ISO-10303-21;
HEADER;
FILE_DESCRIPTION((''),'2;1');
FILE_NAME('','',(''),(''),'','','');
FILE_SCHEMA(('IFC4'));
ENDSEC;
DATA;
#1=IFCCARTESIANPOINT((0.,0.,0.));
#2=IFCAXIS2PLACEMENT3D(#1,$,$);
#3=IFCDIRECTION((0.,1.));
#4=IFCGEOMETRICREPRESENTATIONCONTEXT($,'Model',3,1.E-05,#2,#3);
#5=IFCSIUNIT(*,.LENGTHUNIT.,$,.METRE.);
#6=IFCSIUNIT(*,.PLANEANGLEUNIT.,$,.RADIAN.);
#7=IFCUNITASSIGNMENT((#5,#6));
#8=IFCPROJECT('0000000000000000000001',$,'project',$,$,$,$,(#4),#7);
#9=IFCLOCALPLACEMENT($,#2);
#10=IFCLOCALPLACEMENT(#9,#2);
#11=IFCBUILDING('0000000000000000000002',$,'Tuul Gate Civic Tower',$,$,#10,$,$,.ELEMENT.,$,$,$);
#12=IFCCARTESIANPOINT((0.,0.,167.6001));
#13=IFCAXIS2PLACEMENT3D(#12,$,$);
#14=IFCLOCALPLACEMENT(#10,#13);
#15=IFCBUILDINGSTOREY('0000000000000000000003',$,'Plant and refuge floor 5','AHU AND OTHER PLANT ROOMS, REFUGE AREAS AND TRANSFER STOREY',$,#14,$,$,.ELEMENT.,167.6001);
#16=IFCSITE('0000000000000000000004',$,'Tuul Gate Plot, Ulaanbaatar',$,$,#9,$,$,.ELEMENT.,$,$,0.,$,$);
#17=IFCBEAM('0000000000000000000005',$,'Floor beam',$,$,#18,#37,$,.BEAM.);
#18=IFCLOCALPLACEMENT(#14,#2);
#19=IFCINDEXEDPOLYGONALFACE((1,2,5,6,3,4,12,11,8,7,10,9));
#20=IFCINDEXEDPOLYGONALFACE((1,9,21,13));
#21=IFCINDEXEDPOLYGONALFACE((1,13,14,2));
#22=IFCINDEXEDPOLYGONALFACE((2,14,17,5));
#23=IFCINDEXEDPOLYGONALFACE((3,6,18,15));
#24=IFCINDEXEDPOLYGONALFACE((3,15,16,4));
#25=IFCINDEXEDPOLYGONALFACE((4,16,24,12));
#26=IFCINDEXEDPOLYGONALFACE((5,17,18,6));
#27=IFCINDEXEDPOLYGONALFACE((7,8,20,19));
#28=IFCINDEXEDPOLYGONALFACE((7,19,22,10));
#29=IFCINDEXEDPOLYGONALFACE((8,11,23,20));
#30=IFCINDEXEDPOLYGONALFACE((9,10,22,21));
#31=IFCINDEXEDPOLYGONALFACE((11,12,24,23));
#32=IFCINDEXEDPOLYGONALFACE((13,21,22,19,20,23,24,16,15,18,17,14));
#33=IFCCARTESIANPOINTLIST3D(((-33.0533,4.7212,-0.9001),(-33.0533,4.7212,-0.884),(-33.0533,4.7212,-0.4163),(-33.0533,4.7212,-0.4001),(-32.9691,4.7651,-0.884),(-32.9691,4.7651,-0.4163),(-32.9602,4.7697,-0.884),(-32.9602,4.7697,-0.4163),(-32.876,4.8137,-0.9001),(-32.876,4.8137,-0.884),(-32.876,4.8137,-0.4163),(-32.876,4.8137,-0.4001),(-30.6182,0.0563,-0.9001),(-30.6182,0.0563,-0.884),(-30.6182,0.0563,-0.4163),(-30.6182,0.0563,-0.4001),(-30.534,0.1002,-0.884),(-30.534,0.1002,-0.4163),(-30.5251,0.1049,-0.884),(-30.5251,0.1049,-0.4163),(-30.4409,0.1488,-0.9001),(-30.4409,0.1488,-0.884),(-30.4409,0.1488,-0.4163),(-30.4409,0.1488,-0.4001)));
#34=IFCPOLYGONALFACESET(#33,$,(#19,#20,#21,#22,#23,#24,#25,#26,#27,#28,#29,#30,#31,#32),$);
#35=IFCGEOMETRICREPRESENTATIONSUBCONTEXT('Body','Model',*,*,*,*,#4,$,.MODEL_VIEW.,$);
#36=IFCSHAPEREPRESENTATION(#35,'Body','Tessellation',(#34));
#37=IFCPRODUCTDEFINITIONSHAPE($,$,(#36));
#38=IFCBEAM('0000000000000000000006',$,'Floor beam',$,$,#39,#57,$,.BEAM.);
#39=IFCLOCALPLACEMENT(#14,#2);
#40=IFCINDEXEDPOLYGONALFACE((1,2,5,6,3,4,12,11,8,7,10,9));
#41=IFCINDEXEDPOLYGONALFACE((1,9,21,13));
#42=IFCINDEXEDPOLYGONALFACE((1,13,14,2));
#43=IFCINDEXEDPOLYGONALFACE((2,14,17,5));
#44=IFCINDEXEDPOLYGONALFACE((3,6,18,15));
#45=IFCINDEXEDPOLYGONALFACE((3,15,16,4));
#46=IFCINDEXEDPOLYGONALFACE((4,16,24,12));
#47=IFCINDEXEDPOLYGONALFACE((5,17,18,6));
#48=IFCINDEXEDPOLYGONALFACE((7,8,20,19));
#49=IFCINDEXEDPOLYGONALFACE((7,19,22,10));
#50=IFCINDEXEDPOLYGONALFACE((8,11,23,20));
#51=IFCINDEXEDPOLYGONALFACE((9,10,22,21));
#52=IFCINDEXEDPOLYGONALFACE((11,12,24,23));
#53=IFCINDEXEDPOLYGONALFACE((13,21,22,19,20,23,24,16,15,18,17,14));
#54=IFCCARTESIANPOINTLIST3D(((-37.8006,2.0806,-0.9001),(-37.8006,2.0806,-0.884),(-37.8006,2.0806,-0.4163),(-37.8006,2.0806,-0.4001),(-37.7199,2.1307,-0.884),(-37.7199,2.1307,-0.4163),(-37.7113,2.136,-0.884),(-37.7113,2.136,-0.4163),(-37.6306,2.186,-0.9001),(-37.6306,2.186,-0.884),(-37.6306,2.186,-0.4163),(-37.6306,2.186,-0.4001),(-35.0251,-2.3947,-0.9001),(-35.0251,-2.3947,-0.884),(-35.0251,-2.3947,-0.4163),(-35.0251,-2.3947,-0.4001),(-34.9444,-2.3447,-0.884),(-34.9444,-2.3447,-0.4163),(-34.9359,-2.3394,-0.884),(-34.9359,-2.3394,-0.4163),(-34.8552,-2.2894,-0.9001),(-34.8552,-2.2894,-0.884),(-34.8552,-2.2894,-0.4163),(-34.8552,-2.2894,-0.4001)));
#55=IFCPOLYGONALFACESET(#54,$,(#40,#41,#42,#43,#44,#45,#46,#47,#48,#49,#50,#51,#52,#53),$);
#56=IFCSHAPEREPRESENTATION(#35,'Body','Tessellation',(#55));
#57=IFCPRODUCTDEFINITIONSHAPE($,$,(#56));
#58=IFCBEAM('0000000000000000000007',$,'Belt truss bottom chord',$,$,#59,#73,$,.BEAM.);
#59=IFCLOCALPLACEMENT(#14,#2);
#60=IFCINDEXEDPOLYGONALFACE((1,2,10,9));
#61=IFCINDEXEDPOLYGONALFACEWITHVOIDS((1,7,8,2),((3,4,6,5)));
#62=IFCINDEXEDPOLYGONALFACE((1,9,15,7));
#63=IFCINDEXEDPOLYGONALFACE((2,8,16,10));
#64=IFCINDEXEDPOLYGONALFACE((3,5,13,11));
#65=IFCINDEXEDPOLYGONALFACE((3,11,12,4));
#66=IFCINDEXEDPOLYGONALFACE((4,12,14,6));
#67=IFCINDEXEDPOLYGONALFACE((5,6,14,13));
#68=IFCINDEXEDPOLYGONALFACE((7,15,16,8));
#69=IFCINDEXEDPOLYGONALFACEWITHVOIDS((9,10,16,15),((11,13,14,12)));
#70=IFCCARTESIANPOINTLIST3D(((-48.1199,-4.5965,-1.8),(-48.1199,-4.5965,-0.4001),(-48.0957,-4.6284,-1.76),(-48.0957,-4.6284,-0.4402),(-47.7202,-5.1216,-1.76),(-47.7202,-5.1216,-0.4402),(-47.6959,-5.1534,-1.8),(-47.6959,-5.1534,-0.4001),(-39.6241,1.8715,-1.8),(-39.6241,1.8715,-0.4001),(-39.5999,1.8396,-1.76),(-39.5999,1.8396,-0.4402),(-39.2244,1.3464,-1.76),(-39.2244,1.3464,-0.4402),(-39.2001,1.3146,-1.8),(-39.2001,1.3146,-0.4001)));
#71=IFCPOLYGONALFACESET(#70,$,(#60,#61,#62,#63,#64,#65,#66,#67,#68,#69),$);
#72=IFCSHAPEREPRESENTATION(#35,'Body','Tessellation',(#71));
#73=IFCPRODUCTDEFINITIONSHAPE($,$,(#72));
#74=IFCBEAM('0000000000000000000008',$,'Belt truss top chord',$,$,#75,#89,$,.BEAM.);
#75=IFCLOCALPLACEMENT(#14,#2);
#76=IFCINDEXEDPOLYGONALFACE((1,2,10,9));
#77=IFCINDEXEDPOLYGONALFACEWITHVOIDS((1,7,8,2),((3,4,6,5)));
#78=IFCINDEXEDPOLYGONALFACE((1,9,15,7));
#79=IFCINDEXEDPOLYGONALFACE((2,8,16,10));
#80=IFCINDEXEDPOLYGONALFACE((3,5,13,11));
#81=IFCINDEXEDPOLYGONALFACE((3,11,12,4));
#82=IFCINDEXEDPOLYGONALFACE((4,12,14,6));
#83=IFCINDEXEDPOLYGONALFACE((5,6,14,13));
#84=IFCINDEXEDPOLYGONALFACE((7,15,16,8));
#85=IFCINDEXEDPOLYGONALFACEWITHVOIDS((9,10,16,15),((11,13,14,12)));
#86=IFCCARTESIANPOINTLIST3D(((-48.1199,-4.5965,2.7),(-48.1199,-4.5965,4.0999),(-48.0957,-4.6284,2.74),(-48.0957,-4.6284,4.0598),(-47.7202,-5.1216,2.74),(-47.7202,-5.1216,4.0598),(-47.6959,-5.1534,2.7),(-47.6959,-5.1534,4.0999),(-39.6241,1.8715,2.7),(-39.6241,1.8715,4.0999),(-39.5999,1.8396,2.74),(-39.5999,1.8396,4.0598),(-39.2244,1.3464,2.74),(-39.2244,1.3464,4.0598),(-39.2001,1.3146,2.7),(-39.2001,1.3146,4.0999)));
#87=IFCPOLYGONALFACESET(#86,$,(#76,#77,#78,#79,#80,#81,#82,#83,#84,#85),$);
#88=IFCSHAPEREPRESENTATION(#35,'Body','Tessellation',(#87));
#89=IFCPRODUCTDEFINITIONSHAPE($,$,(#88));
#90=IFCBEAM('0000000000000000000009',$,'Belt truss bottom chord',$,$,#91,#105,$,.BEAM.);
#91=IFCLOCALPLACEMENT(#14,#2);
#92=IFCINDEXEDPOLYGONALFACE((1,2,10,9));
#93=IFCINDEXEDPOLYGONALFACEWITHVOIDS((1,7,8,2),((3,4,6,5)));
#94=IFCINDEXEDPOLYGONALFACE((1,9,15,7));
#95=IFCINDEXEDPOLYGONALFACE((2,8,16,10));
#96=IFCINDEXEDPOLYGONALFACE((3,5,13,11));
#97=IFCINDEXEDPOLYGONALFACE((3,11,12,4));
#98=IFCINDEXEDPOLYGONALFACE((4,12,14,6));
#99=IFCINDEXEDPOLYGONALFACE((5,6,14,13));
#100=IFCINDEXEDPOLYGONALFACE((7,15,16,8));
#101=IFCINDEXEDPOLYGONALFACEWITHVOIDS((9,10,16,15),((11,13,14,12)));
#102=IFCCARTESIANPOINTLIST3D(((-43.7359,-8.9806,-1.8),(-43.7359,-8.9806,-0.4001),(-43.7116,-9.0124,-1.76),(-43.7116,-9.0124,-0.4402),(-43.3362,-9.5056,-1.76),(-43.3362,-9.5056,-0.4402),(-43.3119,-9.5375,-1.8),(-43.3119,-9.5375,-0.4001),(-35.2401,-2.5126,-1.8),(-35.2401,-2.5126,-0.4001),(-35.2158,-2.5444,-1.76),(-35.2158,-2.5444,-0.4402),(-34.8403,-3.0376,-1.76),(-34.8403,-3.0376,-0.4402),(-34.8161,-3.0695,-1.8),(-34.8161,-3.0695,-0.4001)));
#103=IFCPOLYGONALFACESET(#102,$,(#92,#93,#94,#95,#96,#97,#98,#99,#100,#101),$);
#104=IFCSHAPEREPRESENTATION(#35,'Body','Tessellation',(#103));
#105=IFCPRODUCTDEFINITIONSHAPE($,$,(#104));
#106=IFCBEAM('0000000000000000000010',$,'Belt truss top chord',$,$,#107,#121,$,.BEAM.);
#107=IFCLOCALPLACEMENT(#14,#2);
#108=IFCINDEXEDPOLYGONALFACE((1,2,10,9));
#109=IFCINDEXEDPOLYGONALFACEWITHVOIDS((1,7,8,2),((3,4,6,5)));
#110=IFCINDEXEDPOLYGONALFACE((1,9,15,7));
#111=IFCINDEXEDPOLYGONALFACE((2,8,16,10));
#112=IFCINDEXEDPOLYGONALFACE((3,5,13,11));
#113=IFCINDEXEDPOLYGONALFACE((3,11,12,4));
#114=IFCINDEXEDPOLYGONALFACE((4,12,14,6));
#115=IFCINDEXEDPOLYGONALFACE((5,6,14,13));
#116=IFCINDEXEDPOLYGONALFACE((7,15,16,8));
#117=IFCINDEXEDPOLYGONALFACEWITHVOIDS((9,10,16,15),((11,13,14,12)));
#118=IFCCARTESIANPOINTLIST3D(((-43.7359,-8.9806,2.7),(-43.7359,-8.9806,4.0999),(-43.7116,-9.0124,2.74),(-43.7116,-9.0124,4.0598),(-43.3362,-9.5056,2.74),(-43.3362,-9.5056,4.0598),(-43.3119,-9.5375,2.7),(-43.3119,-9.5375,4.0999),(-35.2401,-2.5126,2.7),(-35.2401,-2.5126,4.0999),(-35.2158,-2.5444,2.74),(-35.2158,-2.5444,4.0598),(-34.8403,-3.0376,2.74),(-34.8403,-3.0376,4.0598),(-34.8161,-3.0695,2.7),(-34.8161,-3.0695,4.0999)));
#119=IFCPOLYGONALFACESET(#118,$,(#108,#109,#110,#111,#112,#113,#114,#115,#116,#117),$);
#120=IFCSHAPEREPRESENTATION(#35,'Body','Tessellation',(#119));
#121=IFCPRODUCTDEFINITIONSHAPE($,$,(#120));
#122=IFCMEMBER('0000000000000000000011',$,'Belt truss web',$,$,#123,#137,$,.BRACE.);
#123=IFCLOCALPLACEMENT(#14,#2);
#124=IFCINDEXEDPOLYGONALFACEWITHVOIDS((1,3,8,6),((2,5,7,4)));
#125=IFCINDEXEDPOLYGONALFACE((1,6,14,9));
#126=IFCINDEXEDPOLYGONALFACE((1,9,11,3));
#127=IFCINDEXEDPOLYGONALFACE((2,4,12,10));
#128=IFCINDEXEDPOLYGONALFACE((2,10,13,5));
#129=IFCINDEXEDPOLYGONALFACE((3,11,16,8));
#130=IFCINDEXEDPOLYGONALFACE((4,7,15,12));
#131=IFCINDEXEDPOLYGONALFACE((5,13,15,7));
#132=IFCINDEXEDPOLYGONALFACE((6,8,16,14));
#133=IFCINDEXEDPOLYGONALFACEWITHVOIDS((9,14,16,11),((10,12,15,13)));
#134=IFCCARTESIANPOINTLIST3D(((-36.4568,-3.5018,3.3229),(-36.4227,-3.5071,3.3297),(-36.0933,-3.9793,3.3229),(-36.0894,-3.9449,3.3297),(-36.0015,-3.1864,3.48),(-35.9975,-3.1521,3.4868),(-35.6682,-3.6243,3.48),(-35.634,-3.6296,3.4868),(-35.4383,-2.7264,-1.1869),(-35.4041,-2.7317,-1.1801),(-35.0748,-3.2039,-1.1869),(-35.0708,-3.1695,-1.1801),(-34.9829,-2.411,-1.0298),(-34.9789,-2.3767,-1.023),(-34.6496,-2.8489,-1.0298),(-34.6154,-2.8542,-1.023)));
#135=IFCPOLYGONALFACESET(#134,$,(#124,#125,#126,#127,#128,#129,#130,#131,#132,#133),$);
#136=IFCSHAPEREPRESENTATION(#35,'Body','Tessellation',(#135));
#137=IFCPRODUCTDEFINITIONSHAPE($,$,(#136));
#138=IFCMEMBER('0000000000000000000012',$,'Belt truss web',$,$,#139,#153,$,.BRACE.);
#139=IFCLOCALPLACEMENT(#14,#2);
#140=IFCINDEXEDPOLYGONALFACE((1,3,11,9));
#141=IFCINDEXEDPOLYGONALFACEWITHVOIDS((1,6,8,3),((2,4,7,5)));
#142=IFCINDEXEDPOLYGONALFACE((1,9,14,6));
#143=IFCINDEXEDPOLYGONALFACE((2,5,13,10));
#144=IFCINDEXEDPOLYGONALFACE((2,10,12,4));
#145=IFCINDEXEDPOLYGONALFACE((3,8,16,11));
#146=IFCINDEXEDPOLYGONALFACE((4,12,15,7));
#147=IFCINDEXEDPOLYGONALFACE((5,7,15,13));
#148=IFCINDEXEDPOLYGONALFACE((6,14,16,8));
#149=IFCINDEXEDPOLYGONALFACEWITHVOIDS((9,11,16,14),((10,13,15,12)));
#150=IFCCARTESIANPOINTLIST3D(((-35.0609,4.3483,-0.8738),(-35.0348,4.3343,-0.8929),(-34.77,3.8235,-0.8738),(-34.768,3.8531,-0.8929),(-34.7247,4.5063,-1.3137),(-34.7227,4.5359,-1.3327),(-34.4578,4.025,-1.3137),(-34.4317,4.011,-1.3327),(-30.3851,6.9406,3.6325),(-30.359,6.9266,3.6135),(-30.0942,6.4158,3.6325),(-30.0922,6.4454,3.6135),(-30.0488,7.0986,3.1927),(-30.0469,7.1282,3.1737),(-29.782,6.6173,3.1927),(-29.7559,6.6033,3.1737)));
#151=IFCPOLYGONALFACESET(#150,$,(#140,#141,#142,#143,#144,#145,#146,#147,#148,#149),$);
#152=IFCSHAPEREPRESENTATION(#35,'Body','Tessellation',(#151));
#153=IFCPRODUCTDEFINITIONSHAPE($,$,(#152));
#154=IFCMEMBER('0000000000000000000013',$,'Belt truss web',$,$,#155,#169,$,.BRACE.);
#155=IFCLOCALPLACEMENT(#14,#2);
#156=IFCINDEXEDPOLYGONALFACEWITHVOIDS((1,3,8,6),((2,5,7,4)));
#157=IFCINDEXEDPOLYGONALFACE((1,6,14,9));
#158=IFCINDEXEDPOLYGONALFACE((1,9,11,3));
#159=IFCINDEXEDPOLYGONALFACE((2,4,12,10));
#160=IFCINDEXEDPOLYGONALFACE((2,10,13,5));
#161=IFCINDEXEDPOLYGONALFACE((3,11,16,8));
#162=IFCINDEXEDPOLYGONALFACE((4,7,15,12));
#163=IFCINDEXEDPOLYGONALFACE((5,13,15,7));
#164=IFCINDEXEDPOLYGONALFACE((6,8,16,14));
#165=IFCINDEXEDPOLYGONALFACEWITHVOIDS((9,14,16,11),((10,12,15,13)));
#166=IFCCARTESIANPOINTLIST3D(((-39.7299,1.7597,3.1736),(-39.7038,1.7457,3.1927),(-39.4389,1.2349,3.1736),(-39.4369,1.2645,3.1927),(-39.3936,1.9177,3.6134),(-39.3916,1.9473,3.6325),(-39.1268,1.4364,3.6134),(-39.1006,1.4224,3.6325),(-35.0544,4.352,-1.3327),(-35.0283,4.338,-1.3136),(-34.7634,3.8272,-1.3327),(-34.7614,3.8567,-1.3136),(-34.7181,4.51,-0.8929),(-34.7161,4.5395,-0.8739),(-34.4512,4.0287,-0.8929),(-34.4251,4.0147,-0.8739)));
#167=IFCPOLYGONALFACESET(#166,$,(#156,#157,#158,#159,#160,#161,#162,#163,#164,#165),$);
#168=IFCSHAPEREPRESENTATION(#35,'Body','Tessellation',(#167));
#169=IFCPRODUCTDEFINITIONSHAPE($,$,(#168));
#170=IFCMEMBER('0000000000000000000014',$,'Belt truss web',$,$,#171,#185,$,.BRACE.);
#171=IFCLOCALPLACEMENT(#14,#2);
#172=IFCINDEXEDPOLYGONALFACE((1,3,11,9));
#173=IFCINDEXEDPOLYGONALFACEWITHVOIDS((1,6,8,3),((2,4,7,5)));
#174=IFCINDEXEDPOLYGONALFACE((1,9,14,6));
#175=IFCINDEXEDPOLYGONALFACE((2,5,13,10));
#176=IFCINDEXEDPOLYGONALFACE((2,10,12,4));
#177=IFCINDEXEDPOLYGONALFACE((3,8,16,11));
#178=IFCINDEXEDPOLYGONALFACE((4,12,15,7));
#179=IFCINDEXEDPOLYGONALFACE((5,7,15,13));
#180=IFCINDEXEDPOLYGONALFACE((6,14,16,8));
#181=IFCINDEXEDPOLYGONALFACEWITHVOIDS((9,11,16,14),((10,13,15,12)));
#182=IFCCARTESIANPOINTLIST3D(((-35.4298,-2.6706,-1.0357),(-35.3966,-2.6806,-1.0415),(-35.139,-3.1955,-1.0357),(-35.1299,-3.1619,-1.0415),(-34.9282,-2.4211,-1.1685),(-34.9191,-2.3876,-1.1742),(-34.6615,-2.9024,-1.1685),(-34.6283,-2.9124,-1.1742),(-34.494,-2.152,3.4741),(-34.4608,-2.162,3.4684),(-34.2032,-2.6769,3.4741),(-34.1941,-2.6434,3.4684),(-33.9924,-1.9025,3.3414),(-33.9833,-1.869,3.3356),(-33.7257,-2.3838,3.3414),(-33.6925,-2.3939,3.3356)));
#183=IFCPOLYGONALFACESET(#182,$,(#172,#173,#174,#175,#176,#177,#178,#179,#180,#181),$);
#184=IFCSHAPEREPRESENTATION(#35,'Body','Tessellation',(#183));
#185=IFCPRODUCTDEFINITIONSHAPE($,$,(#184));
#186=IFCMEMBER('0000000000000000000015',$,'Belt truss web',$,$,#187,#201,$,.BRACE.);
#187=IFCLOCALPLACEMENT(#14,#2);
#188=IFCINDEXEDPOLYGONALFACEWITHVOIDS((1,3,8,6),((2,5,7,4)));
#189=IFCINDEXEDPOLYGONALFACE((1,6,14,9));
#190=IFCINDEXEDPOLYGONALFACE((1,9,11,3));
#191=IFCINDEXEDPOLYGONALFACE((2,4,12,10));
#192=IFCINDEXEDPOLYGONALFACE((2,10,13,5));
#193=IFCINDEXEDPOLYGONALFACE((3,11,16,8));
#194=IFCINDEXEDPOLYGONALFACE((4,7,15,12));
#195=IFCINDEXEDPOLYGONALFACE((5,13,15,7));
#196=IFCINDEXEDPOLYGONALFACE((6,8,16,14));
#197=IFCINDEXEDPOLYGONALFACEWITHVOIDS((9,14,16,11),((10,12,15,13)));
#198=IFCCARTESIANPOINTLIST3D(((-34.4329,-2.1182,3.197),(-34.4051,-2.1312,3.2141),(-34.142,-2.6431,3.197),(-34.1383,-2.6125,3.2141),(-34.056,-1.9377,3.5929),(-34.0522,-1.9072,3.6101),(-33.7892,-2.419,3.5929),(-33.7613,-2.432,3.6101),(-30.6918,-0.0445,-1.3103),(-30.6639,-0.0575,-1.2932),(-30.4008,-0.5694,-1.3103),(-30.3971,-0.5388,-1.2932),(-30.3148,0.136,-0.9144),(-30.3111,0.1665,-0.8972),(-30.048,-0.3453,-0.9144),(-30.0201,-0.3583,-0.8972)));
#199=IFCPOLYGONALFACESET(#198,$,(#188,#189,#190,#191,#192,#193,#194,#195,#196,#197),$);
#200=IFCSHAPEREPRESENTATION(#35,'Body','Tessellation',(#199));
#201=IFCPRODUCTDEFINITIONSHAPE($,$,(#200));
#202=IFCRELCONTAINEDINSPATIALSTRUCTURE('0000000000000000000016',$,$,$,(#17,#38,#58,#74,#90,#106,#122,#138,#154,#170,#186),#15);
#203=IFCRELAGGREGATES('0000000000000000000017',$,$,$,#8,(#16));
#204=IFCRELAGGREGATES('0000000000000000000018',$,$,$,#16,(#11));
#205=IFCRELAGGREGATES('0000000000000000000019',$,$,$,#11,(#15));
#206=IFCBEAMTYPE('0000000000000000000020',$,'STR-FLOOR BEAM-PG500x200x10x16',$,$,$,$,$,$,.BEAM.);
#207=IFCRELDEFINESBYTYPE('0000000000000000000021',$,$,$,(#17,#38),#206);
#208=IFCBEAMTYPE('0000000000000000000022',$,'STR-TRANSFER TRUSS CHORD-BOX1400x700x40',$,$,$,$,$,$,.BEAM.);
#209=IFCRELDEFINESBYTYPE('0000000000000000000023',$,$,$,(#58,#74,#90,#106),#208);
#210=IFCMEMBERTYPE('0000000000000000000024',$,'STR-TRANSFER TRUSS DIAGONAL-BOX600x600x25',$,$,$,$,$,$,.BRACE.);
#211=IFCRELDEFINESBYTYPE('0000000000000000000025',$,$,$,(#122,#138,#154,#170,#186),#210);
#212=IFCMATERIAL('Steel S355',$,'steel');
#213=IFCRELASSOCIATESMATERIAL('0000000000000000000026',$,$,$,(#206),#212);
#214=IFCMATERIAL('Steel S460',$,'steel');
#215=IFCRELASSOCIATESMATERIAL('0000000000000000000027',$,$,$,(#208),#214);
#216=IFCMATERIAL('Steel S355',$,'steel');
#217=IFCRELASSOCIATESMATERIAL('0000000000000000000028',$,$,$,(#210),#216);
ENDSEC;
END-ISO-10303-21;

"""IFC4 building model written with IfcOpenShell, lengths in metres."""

from ifc_helpers import new_model, si_unit, direction, frame, origin, origin_2d, place, context, subcontext, project, spatial, hollow_rectangle, i_section, extrude, material, material_profile, profile_set, type_object, element, save


model = new_model("IFC4")

# Units and contexts
model_context = context("Model", 3, precision=1e-05, world=origin(), true_north=direction((0.0, 1.0)))
body_context = subcontext(model_context, "Body", "Model", "MODEL_VIEW")
ifc_project = project(units=[si_unit("LENGTHUNIT", "METRE"), si_unit("PLANEANGLEUNIT", "RADIAN")], contexts=[model_context])

# Site, building, storey
site_placement = place(None, origin())
site = spatial("IfcSite", under=ifc_project, at=site_placement, Name="Tuul Gate Plot, Ulaanbaatar", CompositionType="ELEMENT", RefElevation=0.0)
building_placement = place(site_placement, origin())
building = spatial("IfcBuilding", under=site, at=building_placement, Name="Tuul Gate Civic Tower", CompositionType="ELEMENT")
storey_placement = place(building_placement, frame((0.0, 0.0, 167.6001)))
storey = spatial("IfcBuildingStorey", under=building, at=storey_placement, Name="Plant and refuge floor 5", Description="AHU AND OTHER PLANT ROOMS, REFUGE AREAS AND TRANSFER STOREY", CompositionType="ELEMENT", Elevation=167.6001)

# Beams
ifc_material_1 = material(Name="Steel S355", Category="steel")
ifc_material_profile_1 = material_profile(ifc_material_1, i_section(OverallWidth=0.2, OverallDepth=0.5, WebThickness=0.01, FlangeThickness=0.0161, at=origin_2d()), Name="PG500x200x10x16")
ifc_profile_set_1 = profile_set([ifc_material_profile_1], Name="Steel S355")
beam_type_1 = type_object("IfcBeamType", Name="STR-FLOOR BEAM-PG500x200x10x16", PredefinedType="BEAM", material=ifc_profile_set_1)
beam_1_placement = place(storey_placement, frame((-30.5295, 0.1025, -0.6501), z_axis=(-0.462753, 0.886487, 0.0), x_axis=(-0.886487, -0.462753, 0.0)))
element("IfcBeam", 1, at=beam_1_placement, inside=storey, type_object=beam_type_1, Name="Floor beam", PredefinedType="BEAM", context=body_context, shape_type="SweptSolid", body=[
    extrude(i_section(OverallWidth=0.2, OverallDepth=0.5, WebThickness=0.01, FlangeThickness=0.0161, at=origin_2d()), origin(), (0.0, 0.0, 1.0), 5.2622),
])
beam_2_placement = place(storey_placement, frame((-34.9402, -2.342, -0.6501), z_axis=(-0.527033, 0.849845, 0.0), x_axis=(-0.849845, -0.527033, 0.0)))
element("IfcBeam", 2, at=beam_2_placement, inside=storey, type_object=beam_type_1, Name="Floor beam", PredefinedType="BEAM", context=body_context, shape_type="SweptSolid", body=[
    extrude(i_section(OverallWidth=0.2, OverallDepth=0.5, WebThickness=0.01, FlangeThickness=0.0161, at=origin_2d()), origin(), (0.0, 0.0, 1.0), 5.2661),
])
ifc_material_2 = material(Name="Steel S460", Category="steel")
ifc_material_profile_2 = material_profile(ifc_material_2, hollow_rectangle(XDim=0.7, YDim=1.3999, WallThickness=0.04, at=origin_2d()), Name="BOX1400x700x40")
ifc_profile_set_2 = profile_set([ifc_material_profile_2], Name="Steel S460")
beam_type_2 = type_object("IfcBeamType", Name="STR-TRANSFER TRUSS CHORD-BOX1400x700x40", PredefinedType="BEAM", material=ifc_profile_set_2)
for number, where, z_axis, x_axis, name in (
    (3, (-39.4121, 1.593, -1.1001), (-0.795658, -0.605746, 0.0), (0.605746, -0.795658, 0.0), "Belt truss bottom chord"),
    (4, (-39.4121, 1.593, 3.3999), (-0.795658, -0.605746, 0.0), (0.605746, -0.795658, 0.0), "Belt truss top chord"),
    (5, (-35.0281, -2.791, -1.1001), (-0.795658, -0.605746, 0.0), (0.605746, -0.795658, 0.0), "Belt truss bottom chord"),
    (6, (-35.0281, -2.791, 3.3999), (-0.795658, -0.605746, 0.0), (0.605746, -0.795658, 0.0), "Belt truss top chord"),
):
    element("IfcBeam", number, at=place(storey_placement, frame(where, z_axis=z_axis, x_axis=x_axis)), inside=storey, type_object=beam_type_2, Name=name, PredefinedType="BEAM", context=body_context, shape_type="SweptSolid", body=[
        extrude(hollow_rectangle(XDim=0.7, YDim=1.3999, WallThickness=0.04, at=origin_2d()), origin(), (0.0, 0.0, 1.0), 10.6777),
    ])

# Members
ifc_material_3 = material(Name="Steel S355", Category="steel")
ifc_material_profile_3 = material_profile(ifc_material_3, hollow_rectangle(XDim=0.6001, YDim=0.6001, WallThickness=0.0249, at=origin_2d()), Name="BOX600x600x25")
ifc_profile_set_3 = profile_set([ifc_material_profile_3], Name="Steel S355")
member_type_1 = type_object("IfcMemberType", Name="STR-TRANSFER TRUSS DIAGONAL-BOX600x600x25", PredefinedType="BRACE", material=ifc_profile_set_3)
member_1_placement = place(storey_placement, frame((-35.0269, -2.7903, -1.105), z_axis=(-0.217272, -0.165402, 0.961995), x_axis=(0.605721, -0.795677, 0.0)))
element("IfcMember", 7, at=member_1_placement, inside=storey, type_object=member_type_1, Name="Belt truss web", PredefinedType="BRACE", context=body_context, shape_type="SweptSolid", body=[
    extrude(hollow_rectangle(XDim=0.6001, YDim=0.6001, WallThickness=0.0249, at=origin_2d()), origin(), (0.0, 0.0, 1.0), 4.688),
])
member_2_placement = place(storey_placement, frame((-34.7463, 4.1797, -1.1033), z_axis=(0.668719, 0.370743, 0.644487), x_axis=(-0.484875, 0.874583, 0.0)))
element("IfcMember", 8, at=member_2_placement, inside=storey, type_object=member_type_1, Name="Belt truss web", PredefinedType="BRACE", context=body_context, shape_type="SweptSolid", body=[
    extrude(hollow_rectangle(XDim=0.6001, YDim=0.6001, WallThickness=0.0249, at=origin_2d()), origin(), (0.0, 0.0, 1.0), 6.9922),
])
member_3_placement = place(storey_placement, frame((-34.7397, 4.1833, -1.1033), z_axis=(-0.6687, -0.370751, 0.644503), x_axis=(0.484894, -0.874573, 0.0)))
element("IfcMember", 9, at=member_3_placement, inside=storey, type_object=member_type_1, Name="Belt truss web", PredefinedType="BRACE", context=body_context, shape_type="SweptSolid", body=[
    extrude(hollow_rectangle(XDim=0.6001, YDim=0.6001, WallThickness=0.0249, at=origin_2d()), origin(), (0.0, 0.0, 1.0), 6.9919),
])
member_4_placement = place(storey_placement, frame((-35.0291, -2.7915, -1.105), z_axis=(0.2019, 0.11188, 0.972995), x_axis=(-0.484693, 0.874684, 0.0)))
element("IfcMember", 10, at=member_4_placement, inside=storey, type_object=member_type_1, Name="Belt truss web", PredefinedType="BRACE", context=body_context, shape_type="SweptSolid", body=[
    extrude(hollow_rectangle(XDim=0.6001, YDim=0.6001, WallThickness=0.0249, at=origin_2d()), origin(), (0.0, 0.0, 1.0), 4.635),
])
member_5_placement = place(storey_placement, frame((-30.356, -0.2014, -1.1038), z_axis=(-0.602068, -0.333723, 0.725357), x_axis=(0.484799, -0.874625, 0.0)))
element("IfcMember", 11, at=member_5_placement, inside=storey, type_object=member_type_1, Name="Belt truss web", PredefinedType="BRACE", context=body_context, shape_type="SweptSolid", body=[
    extrude(hollow_rectangle(XDim=0.6001, YDim=0.6001, WallThickness=0.0249, at=origin_2d()), origin(), (0.0, 0.0, 1.0), 6.2139),
])

save(model, "model.ifc")
